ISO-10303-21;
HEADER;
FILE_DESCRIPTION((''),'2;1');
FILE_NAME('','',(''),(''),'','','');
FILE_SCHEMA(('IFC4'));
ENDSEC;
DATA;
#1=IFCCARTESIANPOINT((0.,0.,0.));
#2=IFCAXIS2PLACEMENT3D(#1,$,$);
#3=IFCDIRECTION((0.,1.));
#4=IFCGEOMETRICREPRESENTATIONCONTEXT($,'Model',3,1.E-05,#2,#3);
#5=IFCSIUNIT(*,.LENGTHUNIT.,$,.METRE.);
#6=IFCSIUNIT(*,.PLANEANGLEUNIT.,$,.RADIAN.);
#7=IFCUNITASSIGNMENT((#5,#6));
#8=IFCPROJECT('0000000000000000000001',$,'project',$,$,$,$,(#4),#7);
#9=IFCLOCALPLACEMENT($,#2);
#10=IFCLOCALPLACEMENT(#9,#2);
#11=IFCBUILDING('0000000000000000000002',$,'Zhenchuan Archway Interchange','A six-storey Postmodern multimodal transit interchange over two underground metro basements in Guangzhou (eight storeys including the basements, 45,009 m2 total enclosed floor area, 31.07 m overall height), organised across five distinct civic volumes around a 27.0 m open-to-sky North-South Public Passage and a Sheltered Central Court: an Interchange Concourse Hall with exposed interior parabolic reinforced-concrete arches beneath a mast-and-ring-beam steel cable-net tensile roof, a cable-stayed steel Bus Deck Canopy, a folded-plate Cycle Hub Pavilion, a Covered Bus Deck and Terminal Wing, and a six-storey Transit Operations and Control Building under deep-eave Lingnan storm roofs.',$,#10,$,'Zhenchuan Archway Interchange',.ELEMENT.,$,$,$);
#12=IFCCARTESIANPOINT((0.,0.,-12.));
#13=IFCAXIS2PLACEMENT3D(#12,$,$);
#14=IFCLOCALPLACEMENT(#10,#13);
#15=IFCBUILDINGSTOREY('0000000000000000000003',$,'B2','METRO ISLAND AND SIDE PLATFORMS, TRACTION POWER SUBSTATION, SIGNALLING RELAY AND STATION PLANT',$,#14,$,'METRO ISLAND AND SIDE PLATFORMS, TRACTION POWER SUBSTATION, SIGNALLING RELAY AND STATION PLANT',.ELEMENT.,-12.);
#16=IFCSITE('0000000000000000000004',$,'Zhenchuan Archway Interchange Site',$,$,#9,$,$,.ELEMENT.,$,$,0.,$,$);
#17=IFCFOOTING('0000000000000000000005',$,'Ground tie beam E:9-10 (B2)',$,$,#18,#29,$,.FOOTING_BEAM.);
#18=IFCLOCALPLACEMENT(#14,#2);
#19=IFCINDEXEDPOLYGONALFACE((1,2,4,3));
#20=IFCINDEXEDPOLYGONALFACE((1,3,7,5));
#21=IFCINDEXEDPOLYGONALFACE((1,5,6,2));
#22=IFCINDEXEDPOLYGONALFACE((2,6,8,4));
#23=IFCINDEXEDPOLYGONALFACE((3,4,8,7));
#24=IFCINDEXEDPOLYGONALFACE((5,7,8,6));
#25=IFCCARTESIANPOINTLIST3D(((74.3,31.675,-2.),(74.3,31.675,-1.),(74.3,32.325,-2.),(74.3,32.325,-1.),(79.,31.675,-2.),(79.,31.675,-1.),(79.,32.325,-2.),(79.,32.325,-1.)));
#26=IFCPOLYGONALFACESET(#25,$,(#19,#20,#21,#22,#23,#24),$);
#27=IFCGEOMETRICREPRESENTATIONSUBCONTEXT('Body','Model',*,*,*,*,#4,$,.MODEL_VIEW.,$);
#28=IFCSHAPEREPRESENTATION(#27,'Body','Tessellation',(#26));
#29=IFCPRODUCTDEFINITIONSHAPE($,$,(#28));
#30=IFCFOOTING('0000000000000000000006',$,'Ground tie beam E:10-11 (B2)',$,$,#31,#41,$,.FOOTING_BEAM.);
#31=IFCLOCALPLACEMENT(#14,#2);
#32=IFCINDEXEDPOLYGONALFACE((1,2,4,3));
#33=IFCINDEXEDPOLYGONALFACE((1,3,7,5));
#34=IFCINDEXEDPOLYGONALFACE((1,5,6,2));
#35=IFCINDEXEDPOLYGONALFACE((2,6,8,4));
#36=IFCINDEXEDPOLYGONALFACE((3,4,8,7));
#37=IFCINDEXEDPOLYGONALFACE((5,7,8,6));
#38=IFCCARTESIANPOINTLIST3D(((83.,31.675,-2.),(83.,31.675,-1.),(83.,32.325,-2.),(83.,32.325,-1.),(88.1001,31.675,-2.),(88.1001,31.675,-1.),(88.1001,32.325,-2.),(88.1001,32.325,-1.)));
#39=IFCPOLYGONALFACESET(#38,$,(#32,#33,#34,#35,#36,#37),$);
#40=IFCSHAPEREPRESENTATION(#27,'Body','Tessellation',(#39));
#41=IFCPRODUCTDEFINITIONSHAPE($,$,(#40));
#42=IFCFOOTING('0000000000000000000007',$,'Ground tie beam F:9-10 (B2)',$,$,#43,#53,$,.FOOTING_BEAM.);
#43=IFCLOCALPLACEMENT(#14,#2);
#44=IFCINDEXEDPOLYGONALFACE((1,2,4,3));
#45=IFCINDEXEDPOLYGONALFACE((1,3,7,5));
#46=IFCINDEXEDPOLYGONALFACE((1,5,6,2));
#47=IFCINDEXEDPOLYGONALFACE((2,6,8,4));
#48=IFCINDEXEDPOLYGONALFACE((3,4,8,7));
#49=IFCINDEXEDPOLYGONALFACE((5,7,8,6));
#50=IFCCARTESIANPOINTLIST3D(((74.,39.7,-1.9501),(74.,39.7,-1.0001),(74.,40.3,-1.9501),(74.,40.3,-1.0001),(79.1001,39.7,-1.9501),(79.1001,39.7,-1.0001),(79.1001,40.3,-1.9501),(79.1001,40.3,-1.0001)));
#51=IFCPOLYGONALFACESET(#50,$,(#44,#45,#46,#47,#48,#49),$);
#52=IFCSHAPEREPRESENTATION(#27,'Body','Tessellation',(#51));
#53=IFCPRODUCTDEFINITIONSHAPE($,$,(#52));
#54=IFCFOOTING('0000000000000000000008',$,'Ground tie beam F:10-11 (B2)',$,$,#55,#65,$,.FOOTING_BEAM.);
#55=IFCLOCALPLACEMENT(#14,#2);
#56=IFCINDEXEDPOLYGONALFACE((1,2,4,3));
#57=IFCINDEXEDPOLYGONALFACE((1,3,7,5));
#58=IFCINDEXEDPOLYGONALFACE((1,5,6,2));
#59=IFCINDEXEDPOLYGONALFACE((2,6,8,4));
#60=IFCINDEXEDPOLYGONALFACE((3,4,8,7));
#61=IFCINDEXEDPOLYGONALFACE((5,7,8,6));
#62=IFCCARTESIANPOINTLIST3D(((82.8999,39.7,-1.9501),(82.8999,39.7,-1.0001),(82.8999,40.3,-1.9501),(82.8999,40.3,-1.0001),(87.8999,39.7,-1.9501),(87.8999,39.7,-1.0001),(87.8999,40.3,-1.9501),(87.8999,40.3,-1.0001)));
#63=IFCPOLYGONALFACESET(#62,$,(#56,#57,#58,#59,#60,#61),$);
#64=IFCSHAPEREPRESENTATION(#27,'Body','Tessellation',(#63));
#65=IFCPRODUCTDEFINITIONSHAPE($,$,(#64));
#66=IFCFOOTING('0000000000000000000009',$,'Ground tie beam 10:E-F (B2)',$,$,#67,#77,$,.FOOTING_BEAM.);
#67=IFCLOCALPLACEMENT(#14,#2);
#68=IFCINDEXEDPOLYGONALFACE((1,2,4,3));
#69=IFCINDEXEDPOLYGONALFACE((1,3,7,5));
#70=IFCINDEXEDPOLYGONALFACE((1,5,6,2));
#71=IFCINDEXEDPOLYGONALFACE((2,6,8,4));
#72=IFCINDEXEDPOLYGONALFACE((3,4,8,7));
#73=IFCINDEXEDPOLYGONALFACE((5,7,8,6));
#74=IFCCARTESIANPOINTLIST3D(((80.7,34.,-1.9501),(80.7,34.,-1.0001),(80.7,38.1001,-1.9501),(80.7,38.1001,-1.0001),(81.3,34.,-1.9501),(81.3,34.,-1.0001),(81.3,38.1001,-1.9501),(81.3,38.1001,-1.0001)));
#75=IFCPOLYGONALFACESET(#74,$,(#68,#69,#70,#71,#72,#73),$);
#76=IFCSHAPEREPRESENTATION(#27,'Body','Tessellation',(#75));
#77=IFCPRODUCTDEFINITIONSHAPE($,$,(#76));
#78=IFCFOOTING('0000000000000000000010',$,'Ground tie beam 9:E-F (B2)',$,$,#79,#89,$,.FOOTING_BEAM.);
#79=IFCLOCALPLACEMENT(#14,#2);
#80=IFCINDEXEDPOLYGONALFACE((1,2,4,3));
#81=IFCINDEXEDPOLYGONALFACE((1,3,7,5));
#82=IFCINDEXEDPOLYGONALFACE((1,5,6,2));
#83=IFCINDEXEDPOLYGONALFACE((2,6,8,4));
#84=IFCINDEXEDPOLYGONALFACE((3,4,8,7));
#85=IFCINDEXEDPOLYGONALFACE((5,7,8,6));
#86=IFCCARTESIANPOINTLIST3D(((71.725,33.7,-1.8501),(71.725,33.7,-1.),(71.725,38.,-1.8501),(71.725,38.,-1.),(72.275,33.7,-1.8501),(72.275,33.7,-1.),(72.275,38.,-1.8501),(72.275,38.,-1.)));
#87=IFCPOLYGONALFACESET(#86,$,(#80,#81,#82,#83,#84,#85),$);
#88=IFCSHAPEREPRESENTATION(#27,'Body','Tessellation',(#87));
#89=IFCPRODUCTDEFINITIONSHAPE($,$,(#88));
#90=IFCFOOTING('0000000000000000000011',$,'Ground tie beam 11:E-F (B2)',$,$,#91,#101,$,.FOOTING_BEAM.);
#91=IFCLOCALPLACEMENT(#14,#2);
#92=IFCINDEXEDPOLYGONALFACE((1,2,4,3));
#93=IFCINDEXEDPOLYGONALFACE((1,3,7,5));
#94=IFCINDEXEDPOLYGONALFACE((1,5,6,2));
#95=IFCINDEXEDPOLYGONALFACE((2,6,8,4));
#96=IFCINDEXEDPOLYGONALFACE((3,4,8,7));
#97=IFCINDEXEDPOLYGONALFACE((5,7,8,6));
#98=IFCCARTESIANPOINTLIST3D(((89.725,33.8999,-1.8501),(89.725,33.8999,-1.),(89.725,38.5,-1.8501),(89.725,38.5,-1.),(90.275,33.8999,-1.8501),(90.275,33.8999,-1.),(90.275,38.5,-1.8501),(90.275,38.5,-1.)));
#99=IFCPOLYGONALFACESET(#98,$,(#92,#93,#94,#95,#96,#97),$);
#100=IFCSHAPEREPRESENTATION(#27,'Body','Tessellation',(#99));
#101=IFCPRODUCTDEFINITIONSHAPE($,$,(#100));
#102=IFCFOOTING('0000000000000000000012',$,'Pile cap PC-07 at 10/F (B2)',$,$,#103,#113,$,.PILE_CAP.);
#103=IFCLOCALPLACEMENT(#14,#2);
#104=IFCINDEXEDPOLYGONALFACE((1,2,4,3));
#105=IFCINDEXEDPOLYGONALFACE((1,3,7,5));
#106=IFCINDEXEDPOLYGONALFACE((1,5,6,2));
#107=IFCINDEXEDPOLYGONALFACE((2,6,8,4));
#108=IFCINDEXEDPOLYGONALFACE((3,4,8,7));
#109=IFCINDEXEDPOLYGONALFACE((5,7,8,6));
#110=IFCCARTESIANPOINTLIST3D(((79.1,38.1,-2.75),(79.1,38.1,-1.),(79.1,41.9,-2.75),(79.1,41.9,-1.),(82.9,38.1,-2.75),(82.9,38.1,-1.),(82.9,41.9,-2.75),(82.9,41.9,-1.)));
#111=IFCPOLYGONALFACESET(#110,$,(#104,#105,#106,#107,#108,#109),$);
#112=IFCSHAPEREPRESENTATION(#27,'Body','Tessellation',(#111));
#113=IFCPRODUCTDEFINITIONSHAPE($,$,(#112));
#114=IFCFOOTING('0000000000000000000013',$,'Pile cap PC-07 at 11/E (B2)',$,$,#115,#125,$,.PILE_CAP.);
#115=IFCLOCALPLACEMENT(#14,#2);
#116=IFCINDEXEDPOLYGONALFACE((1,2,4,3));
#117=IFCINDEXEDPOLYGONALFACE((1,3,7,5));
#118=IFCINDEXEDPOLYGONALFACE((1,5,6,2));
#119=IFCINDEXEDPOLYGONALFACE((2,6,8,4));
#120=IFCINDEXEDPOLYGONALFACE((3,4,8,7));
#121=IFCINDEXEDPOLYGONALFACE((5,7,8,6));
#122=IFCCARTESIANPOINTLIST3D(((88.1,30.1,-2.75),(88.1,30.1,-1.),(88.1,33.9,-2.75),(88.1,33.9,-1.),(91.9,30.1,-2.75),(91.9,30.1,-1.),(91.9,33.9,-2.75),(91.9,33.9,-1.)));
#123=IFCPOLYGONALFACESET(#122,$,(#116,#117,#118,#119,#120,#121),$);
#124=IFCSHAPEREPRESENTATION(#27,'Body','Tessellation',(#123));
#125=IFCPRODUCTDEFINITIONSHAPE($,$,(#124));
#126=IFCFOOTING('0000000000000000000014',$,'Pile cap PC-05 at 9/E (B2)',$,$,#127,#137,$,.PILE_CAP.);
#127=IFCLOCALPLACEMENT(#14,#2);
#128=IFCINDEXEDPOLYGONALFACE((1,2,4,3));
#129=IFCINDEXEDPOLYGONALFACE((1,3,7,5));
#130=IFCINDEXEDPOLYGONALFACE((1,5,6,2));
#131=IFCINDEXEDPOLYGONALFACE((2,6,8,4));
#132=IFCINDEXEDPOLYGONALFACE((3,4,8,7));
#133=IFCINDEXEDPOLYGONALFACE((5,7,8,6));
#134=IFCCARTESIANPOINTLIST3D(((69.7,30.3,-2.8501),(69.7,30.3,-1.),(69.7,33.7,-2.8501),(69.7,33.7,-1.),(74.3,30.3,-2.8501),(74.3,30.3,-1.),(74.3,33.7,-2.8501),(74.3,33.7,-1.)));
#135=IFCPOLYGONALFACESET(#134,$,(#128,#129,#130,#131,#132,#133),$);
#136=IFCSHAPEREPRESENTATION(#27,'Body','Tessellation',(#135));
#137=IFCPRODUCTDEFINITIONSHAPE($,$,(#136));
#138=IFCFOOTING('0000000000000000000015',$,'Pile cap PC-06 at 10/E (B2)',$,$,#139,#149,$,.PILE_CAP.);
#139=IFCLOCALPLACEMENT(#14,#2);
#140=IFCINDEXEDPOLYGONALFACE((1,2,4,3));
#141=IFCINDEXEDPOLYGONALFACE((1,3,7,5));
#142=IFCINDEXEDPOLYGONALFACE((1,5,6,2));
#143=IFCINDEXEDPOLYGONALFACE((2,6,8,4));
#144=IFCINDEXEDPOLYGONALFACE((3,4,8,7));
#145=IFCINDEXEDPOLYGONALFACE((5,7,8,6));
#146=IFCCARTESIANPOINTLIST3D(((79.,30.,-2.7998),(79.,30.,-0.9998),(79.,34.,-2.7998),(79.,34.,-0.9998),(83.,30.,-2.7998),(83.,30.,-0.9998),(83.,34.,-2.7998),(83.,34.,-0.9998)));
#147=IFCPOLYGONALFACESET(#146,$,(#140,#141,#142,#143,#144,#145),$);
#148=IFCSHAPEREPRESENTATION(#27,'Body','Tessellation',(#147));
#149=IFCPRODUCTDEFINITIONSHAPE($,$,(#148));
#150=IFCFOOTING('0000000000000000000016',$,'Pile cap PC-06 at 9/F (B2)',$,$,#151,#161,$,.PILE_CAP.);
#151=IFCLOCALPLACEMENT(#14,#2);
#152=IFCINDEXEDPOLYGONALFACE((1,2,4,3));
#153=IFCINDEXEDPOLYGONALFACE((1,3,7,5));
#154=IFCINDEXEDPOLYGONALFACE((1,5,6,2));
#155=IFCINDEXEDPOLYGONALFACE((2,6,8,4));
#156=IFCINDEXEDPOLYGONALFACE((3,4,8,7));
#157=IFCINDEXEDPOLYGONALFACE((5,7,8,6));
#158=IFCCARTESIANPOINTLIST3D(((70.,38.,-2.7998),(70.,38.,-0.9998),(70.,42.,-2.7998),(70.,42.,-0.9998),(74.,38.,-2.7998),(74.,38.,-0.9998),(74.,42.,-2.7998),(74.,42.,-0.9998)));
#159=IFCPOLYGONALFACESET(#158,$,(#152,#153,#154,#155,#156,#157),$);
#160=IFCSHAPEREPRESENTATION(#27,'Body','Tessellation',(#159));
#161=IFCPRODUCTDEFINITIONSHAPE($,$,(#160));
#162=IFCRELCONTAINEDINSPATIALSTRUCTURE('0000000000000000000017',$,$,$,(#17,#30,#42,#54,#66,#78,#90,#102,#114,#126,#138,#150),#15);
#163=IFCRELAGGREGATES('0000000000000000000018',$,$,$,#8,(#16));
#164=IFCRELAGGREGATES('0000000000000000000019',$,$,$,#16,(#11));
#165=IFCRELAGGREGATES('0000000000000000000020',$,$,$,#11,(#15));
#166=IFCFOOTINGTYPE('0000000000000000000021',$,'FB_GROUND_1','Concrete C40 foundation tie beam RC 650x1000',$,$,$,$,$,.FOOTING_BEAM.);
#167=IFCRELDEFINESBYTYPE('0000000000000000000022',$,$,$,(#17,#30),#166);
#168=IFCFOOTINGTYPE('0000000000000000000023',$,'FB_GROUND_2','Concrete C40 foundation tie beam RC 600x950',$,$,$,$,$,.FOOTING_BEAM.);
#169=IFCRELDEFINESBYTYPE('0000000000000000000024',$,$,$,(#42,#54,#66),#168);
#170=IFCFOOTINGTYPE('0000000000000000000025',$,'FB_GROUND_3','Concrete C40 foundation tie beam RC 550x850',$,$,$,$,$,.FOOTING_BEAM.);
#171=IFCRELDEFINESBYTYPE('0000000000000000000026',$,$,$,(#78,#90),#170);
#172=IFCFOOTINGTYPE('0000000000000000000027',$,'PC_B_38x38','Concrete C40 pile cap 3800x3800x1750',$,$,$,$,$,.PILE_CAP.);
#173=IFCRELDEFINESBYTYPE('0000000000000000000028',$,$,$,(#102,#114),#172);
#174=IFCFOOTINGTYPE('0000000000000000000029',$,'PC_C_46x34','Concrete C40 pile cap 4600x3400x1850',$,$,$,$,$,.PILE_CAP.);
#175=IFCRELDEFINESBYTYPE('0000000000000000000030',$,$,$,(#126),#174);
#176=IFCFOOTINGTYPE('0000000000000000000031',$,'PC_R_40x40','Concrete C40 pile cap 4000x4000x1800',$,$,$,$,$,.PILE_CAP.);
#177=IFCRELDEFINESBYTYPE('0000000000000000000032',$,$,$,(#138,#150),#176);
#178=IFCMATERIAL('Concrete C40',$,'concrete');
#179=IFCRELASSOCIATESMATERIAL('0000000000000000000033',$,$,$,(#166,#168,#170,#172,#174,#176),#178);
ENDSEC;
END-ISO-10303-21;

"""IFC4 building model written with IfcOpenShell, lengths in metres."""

from ifc_helpers import new_model, si_unit, direction, frame, origin, origin_2d, place, context, subcontext, project, spatial, rectangle, extrude, material, material_profile, profile_set, type_object, element, save


model = new_model("IFC4")

# Units and contexts
model_context = context("Model", 3, precision=1e-05, world=origin(), true_north=direction((0.0, 1.0)))
body_context = subcontext(model_context, "Body", "Model", "MODEL_VIEW")
ifc_project = project(units=[si_unit("LENGTHUNIT", "METRE"), si_unit("PLANEANGLEUNIT", "RADIAN")], contexts=[model_context])

# Site, building, storey
site_placement = place(None, origin())
site = spatial("IfcSite", under=ifc_project, at=site_placement, Name="Zhenchuan Archway Interchange Site", CompositionType="ELEMENT", RefElevation=0.0)
building_placement = place(site_placement, origin())
building = spatial("IfcBuilding", under=site, at=building_placement, Name="Zhenchuan Archway Interchange", Description="A six-storey Postmodern multimodal transit interchange over two underground metro basements in Guangzhou (eight storeys including the basements, 45,009 m2 total enclosed floor area, 31.07 m overall height), organised across five distinct civic volumes around a 27.0 m open-to-sky North-South Public Passage and a Sheltered Central Court: an Interchange Concourse Hall with exposed interior parabolic reinforced-concrete arches beneath a mast-and-ring-beam steel cable-net tensile roof, a cable-stayed steel Bus Deck Canopy, a folded-plate Cycle Hub Pavilion, a Covered Bus Deck and Terminal Wing, and a six-storey Transit Operations and Control Building under deep-eave Lingnan storm roofs.", LongName="Zhenchuan Archway Interchange", CompositionType="ELEMENT")
storey_placement = place(building_placement, frame((0.0, 0.0, -12.0)))
storey = spatial("IfcBuildingStorey", under=building, at=storey_placement, Name="B2", Description="METRO ISLAND AND SIDE PLATFORMS, TRACTION POWER SUBSTATION, SIGNALLING RELAY AND STATION PLANT", LongName="METRO ISLAND AND SIDE PLATFORMS, TRACTION POWER SUBSTATION, SIGNALLING RELAY AND STATION PLANT", CompositionType="ELEMENT", Elevation=-12.0)

# Footings
ifc_material_1 = material(Name="Concrete C40", Category="concrete")
ifc_material_profile_1 = material_profile(ifc_material_1, rectangle(XDim=0.6499, YDim=1.0, at=origin_2d()), Name="RC 650x1000")
ifc_profile_set_1 = profile_set([ifc_material_profile_1], Name="Concrete C40")
footing_type_1 = type_object("IfcFootingType", Name="FB_GROUND_1", Description="Concrete C40 foundation tie beam RC 650x1000", PredefinedType="FOOTING_BEAM", material=ifc_profile_set_1)
footing_1_placement = place(storey_placement, frame((74.3, 32.0, -1.5), z_axis=(1.0, 0.0, 0.0), x_axis=(0.0, 1.0, 0.0)))
element("IfcFooting", 1, at=footing_1_placement, inside=storey, type_object=footing_type_1, Name="Ground tie beam E:9-10 (B2)", PredefinedType="FOOTING_BEAM", context=body_context, shape_type="SweptSolid", body=[
    extrude(rectangle(XDim=0.6499, YDim=1.0, at=origin_2d()), origin(), (0.0, 0.0, 1.0), 4.7),
])
footing_2_placement = place(storey_placement, frame((83.0, 32.0, -1.5), z_axis=(1.0, 0.0, 0.0), x_axis=(0.0, 1.0, 0.0)))
element("IfcFooting", 2, at=footing_2_placement, inside=storey, type_object=footing_type_1, Name="Ground tie beam E:10-11 (B2)", PredefinedType="FOOTING_BEAM", context=body_context, shape_type="SweptSolid", body=[
    extrude(rectangle(XDim=0.6499, YDim=1.0, at=origin_2d()), origin(), (0.0, 0.0, 1.0), 5.1001),
])
ifc_material_profile_2 = material_profile(ifc_material_1, rectangle(XDim=0.6001, YDim=0.95, at=origin_2d()), Name="RC 600x950")
ifc_profile_set_2 = profile_set([ifc_material_profile_2], Name="Concrete C40")
footing_type_2 = type_object("IfcFootingType", Name="FB_GROUND_2", Description="Concrete C40 foundation tie beam RC 600x950", PredefinedType="FOOTING_BEAM", material=ifc_profile_set_2)
footing_3_placement = place(storey_placement, frame((74.0, 40.0, -1.4751), z_axis=(1.0, 0.0, 0.0), x_axis=(0.0, 1.0, 0.0)))
element("IfcFooting", 3, at=footing_3_placement, inside=storey, type_object=footing_type_2, Name="Ground tie beam F:9-10 (B2)", PredefinedType="FOOTING_BEAM", context=body_context, shape_type="SweptSolid", body=[
    extrude(rectangle(XDim=0.6001, YDim=0.95, at=origin_2d()), origin(), (0.0, 0.0, 1.0), 5.1001),
])
footing_4_placement = place(storey_placement, frame((82.8999, 40.0, -1.4751), z_axis=(1.0, 0.0, 0.0), x_axis=(0.0, 1.0, 0.0)))
element("IfcFooting", 4, at=footing_4_placement, inside=storey, type_object=footing_type_2, Name="Ground tie beam F:10-11 (B2)", PredefinedType="FOOTING_BEAM", context=body_context, shape_type="SweptSolid", body=[
    extrude(rectangle(XDim=0.6001, YDim=0.95, at=origin_2d()), origin(), (0.0, 0.0, 1.0), 5.0),
])
footing_5_placement = place(storey_placement, frame((81.0, 34.0, -1.4751), z_axis=(0.0, 1.0, 0.0), x_axis=(-1.0, 0.0, 0.0)))
element("IfcFooting", 5, at=footing_5_placement, inside=storey, type_object=footing_type_2, Name="Ground tie beam 10:E-F (B2)", PredefinedType="FOOTING_BEAM", context=body_context, shape_type="SweptSolid", body=[
    extrude(rectangle(XDim=0.6001, YDim=0.95, at=origin_2d()), origin(), (0.0, 0.0, 1.0), 4.1001),
])
ifc_material_profile_3 = material_profile(ifc_material_1, rectangle(XDim=0.55, YDim=0.8501, at=origin_2d()), Name="RC 550x850")
ifc_profile_set_3 = profile_set([ifc_material_profile_3], Name="Concrete C40")
footing_type_3 = type_object("IfcFootingType", Name="FB_GROUND_3", Description="Concrete C40 foundation tie beam RC 550x850", PredefinedType="FOOTING_BEAM", material=ifc_profile_set_3)
footing_6_placement = place(storey_placement, frame((72.0, 33.7, -1.425), z_axis=(0.0, 1.0, 0.0), x_axis=(-1.0, 0.0, 0.0)))
element("IfcFooting", 6, at=footing_6_placement, inside=storey, type_object=footing_type_3, Name="Ground tie beam 9:E-F (B2)", PredefinedType="FOOTING_BEAM", context=body_context, shape_type="SweptSolid", body=[
    extrude(rectangle(XDim=0.55, YDim=0.8501, at=origin_2d()), origin(), (0.0, 0.0, 1.0), 4.3),
])
footing_7_placement = place(storey_placement, frame((90.0, 33.8999, -1.425), z_axis=(0.0, 1.0, 0.0), x_axis=(-1.0, 0.0, 0.0)))
element("IfcFooting", 7, at=footing_7_placement, inside=storey, type_object=footing_type_3, Name="Ground tie beam 11:E-F (B2)", PredefinedType="FOOTING_BEAM", context=body_context, shape_type="SweptSolid", body=[
    extrude(rectangle(XDim=0.55, YDim=0.8501, at=origin_2d()), origin(), (0.0, 0.0, 1.0), 4.6001),
])
footing_type_4 = type_object("IfcFootingType", Name="PC_B_38x38", Description="Concrete C40 pile cap 3800x3800x1750", PredefinedType="PILE_CAP", material=ifc_material_1)
for number, where, z_axis, x_axis, name in (
    (8, (81.0, 40.0, -2.75), (0.0, 0.0, 1.0), (1.0, 0.0, 0.0), "Pile cap PC-07 at 10/F (B2)"),
    (9, (90.0, 32.0, -2.75), (0.0, 0.0, 1.0), (1.0, 0.0, 0.0), "Pile cap PC-07 at 11/E (B2)"),
):
    element("IfcFooting", number, at=place(storey_placement, frame(where, z_axis=z_axis, x_axis=x_axis)), inside=storey, type_object=footing_type_4, Name=name, PredefinedType="PILE_CAP", context=body_context, shape_type="SweptSolid", body=[
        extrude(rectangle(XDim=3.8, YDim=3.8, at=origin_2d()), origin(), (0.0, 0.0, 1.0), 1.75),
    ])
footing_type_5 = type_object("IfcFootingType", Name="PC_C_46x34", Description="Concrete C40 pile cap 4600x3400x1850", PredefinedType="PILE_CAP", material=ifc_material_1)
footing_8_placement = place(storey_placement, frame((72.0, 32.0, -2.8501), z_axis=(0.0, 0.0, 1.0), x_axis=(1.0, 0.0, 0.0)))
element("IfcFooting", 10, at=footing_8_placement, inside=storey, type_object=footing_type_5, Name="Pile cap PC-05 at 9/E (B2)", PredefinedType="PILE_CAP", context=body_context, shape_type="SweptSolid", body=[
    extrude(rectangle(XDim=4.6001, YDim=3.3999, at=origin_2d()), origin(), (0.0, 0.0, 1.0), 1.8501),
])
footing_type_6 = type_object("IfcFootingType", Name="PC_R_40x40", Description="Concrete C40 pile cap 4000x4000x1800", PredefinedType="PILE_CAP", material=ifc_material_1)
for number, where, z_axis, x_axis, name in (
    (11, (81.0, 32.0, -2.7998), (0.0, 0.0, 1.0), (1.0, 0.0, 0.0), "Pile cap PC-06 at 10/E (B2)"),
    (12, (72.0, 40.0, -2.7998), (0.0, 0.0, 1.0), (1.0, 0.0, 0.0), "Pile cap PC-06 at 9/F (B2)"),
):
    element("IfcFooting", number, at=place(storey_placement, frame(where, z_axis=z_axis, x_axis=x_axis)), inside=storey, type_object=footing_type_6, Name=name, PredefinedType="PILE_CAP", context=body_context, shape_type="SweptSolid", body=[
        extrude(rectangle(XDim=4.0, YDim=4.0, at=origin_2d()), origin(), (0.0, 0.0, 1.0), 1.8),
    ])

save(model, "model.ifc")
